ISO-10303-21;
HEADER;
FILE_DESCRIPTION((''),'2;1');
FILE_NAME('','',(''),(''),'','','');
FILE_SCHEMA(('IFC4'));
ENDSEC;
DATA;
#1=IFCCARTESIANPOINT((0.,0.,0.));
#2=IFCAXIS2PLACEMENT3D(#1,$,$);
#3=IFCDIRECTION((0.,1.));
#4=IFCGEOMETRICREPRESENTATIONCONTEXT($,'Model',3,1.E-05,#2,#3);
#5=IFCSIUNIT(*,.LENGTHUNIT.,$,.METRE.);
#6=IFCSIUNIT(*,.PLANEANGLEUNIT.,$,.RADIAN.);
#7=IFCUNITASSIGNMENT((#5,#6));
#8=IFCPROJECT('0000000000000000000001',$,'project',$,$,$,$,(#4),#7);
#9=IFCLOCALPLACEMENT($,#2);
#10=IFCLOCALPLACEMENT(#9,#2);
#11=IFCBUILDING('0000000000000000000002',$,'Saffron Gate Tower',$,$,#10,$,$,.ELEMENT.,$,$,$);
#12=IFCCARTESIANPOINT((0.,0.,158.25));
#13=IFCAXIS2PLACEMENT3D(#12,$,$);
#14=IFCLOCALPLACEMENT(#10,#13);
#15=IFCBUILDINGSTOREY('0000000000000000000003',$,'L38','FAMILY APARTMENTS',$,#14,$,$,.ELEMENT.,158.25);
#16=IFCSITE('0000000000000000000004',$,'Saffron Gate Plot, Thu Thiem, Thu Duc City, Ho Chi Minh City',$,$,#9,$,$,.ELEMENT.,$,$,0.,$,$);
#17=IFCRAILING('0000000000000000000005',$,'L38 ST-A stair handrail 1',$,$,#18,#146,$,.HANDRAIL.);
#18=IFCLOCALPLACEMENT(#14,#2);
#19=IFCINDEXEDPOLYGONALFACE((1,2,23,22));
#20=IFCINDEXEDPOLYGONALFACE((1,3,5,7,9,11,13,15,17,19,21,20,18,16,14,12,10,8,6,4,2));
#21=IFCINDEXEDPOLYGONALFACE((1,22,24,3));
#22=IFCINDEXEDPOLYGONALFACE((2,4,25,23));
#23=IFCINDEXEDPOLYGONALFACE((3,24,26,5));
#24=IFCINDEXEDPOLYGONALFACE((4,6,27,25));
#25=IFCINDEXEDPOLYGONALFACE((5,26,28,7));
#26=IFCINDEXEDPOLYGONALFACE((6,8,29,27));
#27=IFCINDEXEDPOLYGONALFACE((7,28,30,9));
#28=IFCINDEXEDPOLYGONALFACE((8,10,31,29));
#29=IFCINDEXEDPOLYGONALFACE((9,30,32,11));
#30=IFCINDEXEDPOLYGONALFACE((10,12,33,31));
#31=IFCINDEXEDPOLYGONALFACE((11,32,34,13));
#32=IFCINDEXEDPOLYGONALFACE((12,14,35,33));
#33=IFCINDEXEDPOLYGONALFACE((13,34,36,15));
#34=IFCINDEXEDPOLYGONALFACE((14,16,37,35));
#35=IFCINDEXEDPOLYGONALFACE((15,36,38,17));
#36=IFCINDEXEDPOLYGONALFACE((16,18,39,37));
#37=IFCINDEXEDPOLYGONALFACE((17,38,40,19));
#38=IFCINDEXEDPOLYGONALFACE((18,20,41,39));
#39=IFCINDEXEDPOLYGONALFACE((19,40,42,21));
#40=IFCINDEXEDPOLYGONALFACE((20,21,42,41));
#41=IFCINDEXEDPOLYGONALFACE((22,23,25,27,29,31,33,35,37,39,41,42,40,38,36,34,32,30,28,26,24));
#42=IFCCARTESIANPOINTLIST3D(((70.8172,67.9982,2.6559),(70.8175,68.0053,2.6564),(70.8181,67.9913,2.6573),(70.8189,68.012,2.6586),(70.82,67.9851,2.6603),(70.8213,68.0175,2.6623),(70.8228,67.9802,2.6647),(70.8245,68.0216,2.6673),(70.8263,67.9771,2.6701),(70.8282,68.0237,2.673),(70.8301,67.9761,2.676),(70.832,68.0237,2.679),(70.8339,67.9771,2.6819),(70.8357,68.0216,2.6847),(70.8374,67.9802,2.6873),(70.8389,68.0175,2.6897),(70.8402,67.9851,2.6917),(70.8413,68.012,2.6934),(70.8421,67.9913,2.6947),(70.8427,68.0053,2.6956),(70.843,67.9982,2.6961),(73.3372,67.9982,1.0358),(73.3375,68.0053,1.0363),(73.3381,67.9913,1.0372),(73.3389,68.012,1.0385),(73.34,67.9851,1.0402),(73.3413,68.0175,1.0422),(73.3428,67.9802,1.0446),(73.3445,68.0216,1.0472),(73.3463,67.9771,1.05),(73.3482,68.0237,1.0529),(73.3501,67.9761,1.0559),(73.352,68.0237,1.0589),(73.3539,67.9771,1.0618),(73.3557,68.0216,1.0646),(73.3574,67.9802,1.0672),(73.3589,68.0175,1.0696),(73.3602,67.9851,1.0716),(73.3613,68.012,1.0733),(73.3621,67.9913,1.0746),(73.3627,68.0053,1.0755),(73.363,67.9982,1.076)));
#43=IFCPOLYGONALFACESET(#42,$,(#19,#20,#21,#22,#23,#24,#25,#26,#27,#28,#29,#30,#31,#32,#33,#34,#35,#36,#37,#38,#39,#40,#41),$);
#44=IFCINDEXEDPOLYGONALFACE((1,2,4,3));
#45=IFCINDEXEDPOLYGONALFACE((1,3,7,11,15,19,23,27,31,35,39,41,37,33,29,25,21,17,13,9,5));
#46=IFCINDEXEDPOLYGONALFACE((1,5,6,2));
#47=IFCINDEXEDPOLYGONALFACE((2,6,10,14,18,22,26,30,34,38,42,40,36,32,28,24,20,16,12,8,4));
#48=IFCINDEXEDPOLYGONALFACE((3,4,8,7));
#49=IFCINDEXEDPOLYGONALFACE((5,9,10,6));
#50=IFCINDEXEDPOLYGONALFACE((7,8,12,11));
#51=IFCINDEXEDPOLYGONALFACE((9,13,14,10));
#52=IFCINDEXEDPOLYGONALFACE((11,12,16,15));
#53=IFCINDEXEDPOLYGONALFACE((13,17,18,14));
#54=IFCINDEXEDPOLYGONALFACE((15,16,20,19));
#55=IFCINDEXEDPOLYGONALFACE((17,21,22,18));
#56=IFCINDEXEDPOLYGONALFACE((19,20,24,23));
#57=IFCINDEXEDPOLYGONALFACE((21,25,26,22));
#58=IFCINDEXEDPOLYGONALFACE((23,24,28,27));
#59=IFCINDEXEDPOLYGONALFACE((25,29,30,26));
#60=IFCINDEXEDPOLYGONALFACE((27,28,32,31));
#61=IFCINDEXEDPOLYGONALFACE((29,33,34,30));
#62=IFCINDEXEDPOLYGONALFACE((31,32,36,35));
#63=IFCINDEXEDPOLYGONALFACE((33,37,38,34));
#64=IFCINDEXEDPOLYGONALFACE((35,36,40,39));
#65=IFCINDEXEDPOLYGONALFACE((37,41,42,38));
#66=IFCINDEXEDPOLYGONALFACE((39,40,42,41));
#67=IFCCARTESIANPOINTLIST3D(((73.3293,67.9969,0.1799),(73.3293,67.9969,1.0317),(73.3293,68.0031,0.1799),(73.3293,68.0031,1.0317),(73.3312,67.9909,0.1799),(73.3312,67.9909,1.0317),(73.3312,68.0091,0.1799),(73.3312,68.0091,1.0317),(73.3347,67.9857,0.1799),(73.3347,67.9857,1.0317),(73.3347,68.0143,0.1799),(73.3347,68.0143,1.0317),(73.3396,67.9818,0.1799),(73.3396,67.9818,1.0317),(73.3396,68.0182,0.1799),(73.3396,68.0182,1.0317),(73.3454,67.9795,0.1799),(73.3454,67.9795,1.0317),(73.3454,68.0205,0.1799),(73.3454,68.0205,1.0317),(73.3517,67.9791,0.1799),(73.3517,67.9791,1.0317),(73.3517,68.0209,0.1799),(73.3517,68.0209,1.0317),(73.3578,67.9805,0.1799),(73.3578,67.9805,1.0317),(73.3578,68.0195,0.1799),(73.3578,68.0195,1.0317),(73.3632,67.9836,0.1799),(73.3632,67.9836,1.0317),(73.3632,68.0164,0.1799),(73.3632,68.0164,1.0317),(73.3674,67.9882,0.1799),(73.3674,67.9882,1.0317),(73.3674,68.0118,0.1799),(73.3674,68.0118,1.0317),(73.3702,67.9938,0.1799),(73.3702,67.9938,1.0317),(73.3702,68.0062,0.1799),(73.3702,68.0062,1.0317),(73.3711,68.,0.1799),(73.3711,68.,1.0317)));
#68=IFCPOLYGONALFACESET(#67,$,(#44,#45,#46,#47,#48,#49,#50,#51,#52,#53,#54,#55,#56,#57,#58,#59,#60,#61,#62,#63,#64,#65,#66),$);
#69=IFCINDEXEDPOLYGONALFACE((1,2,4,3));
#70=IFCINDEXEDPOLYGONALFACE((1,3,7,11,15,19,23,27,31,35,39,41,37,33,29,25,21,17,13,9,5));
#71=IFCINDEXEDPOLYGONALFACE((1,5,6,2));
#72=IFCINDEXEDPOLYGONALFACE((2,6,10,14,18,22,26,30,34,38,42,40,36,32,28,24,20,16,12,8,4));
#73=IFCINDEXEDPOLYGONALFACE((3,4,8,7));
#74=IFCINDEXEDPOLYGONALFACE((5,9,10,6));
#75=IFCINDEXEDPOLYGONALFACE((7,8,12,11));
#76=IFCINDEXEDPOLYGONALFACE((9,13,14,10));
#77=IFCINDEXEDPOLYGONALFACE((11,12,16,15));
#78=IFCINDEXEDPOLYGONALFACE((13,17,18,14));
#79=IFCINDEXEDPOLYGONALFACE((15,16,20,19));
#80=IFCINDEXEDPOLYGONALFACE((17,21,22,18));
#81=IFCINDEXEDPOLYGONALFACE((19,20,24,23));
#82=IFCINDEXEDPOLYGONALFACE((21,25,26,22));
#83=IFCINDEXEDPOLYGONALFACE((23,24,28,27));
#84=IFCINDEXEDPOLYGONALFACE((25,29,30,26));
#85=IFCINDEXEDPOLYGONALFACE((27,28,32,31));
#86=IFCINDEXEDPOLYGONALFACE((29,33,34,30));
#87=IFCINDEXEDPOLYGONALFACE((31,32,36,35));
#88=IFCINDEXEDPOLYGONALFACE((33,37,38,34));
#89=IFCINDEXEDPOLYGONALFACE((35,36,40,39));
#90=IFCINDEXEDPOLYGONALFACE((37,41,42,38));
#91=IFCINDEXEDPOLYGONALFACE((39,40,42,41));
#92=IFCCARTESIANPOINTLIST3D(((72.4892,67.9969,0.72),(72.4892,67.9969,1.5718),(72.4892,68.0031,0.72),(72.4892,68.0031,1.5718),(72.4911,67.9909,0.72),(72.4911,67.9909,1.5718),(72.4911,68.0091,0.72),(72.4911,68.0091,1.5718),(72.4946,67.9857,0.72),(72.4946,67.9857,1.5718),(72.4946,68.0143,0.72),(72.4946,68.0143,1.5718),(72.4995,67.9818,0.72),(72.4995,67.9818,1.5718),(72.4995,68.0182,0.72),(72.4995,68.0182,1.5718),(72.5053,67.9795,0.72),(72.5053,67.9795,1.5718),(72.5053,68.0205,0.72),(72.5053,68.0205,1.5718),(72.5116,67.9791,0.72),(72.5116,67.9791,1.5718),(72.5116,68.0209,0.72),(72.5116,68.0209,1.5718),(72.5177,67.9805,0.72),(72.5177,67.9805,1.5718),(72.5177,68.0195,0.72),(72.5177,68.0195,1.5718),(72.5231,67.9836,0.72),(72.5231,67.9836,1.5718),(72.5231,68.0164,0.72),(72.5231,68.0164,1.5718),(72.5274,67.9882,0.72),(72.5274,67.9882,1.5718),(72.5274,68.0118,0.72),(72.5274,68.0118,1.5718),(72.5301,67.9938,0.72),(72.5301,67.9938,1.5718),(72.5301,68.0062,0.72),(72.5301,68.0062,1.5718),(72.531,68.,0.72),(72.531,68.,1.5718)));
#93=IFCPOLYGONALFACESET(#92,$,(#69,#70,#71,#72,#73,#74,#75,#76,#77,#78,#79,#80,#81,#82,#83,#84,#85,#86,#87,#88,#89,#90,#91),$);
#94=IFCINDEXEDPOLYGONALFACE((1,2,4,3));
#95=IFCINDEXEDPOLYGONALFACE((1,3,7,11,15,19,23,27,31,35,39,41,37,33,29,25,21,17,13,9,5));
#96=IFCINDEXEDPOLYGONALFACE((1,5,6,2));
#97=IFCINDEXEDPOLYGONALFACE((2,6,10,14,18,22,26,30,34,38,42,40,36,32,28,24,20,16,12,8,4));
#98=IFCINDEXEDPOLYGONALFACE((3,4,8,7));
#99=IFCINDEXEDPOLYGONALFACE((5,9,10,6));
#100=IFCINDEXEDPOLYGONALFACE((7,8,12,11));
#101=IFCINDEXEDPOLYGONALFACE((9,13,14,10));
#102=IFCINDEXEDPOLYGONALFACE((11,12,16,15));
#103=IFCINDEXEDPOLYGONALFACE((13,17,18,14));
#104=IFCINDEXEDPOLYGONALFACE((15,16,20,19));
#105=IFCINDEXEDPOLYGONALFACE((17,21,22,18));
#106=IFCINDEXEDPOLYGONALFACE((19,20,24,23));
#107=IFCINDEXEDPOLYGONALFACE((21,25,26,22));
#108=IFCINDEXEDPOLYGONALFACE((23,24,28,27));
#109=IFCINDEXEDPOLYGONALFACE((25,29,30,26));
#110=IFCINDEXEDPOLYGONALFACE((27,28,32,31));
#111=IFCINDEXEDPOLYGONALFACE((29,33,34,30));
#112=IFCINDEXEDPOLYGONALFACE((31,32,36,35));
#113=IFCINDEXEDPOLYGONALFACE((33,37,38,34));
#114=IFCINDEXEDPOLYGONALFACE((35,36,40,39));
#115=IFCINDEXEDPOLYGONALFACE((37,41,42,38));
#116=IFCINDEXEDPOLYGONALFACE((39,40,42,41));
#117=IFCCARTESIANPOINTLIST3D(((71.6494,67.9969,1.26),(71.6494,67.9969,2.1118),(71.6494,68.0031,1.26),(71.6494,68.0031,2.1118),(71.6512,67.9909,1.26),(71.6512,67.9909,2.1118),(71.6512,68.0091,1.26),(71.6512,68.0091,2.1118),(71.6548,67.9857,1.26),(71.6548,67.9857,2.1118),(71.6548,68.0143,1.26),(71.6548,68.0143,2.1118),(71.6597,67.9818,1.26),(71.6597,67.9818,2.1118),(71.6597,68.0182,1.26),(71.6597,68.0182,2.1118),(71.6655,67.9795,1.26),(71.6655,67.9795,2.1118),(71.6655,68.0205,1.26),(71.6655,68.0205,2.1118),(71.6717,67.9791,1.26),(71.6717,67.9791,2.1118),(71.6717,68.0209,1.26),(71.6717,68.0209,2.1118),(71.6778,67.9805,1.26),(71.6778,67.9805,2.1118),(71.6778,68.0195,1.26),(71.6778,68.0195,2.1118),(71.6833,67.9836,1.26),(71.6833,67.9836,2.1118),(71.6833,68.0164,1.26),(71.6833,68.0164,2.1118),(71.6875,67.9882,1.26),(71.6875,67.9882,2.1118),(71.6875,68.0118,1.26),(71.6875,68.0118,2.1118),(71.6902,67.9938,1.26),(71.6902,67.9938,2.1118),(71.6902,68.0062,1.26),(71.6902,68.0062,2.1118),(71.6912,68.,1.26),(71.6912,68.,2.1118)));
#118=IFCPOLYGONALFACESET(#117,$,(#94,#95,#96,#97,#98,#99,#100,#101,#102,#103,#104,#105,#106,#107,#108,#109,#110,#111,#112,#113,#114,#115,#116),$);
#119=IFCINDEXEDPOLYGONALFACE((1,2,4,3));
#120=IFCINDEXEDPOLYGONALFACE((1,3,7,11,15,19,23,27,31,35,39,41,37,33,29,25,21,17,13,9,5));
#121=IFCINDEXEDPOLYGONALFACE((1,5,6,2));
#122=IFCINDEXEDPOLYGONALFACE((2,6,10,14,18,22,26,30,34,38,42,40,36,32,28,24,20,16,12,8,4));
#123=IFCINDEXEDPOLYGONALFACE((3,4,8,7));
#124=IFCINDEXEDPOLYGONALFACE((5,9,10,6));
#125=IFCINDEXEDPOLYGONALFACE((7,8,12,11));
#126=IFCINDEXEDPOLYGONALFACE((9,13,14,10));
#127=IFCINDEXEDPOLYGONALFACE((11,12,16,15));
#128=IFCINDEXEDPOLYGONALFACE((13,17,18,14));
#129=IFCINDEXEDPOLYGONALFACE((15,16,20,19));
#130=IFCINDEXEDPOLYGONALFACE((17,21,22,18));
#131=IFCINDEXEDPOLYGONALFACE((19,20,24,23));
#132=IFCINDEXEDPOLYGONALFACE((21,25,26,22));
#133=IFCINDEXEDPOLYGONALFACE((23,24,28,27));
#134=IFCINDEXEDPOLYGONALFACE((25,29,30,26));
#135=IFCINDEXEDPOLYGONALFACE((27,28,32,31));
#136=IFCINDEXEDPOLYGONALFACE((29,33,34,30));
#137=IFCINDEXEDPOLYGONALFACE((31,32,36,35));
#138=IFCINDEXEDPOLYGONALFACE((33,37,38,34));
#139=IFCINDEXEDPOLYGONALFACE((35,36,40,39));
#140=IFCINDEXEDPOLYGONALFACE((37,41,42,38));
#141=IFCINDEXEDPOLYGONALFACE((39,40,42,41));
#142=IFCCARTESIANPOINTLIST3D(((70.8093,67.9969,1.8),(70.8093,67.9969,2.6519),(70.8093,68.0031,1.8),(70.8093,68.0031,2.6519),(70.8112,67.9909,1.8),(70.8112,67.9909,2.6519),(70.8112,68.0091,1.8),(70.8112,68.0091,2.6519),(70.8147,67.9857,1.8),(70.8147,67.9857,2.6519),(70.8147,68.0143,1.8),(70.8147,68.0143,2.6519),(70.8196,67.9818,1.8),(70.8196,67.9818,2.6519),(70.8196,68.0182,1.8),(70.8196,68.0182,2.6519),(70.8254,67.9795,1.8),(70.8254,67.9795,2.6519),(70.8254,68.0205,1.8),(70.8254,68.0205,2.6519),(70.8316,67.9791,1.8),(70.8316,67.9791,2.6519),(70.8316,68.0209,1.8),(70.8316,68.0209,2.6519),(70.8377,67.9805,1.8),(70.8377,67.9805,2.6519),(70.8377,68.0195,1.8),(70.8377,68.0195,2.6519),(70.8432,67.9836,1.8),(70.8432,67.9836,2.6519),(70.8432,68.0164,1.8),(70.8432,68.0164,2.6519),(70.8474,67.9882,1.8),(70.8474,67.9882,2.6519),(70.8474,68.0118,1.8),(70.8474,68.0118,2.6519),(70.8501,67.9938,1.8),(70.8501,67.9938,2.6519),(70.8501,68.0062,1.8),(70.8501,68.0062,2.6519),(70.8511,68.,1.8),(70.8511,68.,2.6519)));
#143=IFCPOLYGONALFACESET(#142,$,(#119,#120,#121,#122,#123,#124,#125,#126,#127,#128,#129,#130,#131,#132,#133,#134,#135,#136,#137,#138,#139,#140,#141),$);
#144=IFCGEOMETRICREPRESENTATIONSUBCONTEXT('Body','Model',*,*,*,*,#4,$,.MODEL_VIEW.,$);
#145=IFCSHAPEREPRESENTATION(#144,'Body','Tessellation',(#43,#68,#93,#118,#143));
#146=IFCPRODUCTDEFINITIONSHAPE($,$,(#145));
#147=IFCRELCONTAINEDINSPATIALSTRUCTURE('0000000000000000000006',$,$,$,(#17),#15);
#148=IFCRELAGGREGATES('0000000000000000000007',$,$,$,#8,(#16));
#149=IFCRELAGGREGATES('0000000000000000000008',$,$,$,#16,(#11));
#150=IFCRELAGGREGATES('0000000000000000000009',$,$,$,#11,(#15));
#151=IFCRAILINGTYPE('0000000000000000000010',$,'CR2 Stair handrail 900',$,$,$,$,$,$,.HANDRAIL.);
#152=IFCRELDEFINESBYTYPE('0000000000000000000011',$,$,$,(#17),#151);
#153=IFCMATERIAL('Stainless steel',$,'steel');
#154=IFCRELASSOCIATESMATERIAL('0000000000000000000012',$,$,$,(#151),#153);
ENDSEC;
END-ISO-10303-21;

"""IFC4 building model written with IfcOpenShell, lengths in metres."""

from ifc_helpers import new_model, si_unit, direction, frame, origin, origin_2d, place, context, subcontext, project, spatial, circle, extrude, material, type_object, element, save


model = new_model("IFC4")

# Units and contexts
model_context = context("Model", 3, precision=1e-05, world=origin(), true_north=direction((0.0, 1.0)))
body_context = subcontext(model_context, "Body", "Model", "MODEL_VIEW")
ifc_project = project(units=[si_unit("LENGTHUNIT", "METRE"), si_unit("PLANEANGLEUNIT", "RADIAN")], contexts=[model_context])

# Site, building, storey
site_placement = place(None, origin())
site = spatial("IfcSite", under=ifc_project, at=site_placement, Name="Saffron Gate Plot, Thu Thiem, Thu Duc City, Ho Chi Minh City", CompositionType="ELEMENT", RefElevation=0.0)
building_placement = place(site_placement, origin())
building = spatial("IfcBuilding", under=site, at=building_placement, Name="Saffron Gate Tower", CompositionType="ELEMENT")
storey_placement = place(building_placement, frame((0.0, 0.0, 158.25)))
storey = spatial("IfcBuildingStorey", under=building, at=storey_placement, Name="L38", Description="FAMILY APARTMENTS", CompositionType="ELEMENT", Elevation=158.25)

# Railing
ifc_material_1 = material(Name="Stainless steel", Category="steel")
railing_type_1 = type_object("IfcRailingType", Name="CR2 Stair handrail 900", PredefinedType="HANDRAIL", material=ifc_material_1)
railing_1_placement = place(storey_placement, frame((73.3501, 68.0, 0.1799)))
element("IfcRailing", 1, at=railing_1_placement, inside=storey, type_object=railing_type_1, Name="L38 ST-A stair handrail 1", PredefinedType="HANDRAIL", context=body_context, shape_type="SweptSolid", body=[
    extrude(circle(Radius=0.0239, at=origin_2d()), frame((0.0, 0.0, 0.876), z_axis=(-0.841163, 0.0, 0.540782), x_axis=(0.0, -1.0, 0.0)), (0.0, 0.0, 1.0), 2.9958),
    extrude(circle(Radius=0.021, at=origin_2d()), origin(), (0.0, 0.0, 1.0), 0.8518),
    extrude(circle(Radius=0.021, at=origin_2d()), frame((-0.8401, 0.0, 0.54)), (0.0, 0.0, 1.0), 0.8518),
    extrude(circle(Radius=0.021, at=origin_2d()), frame((-1.6799, 0.0, 1.0801)), (0.0, 0.0, 1.0), 0.8518),
    extrude(circle(Radius=0.021, at=origin_2d()), frame((-2.52, 0.0, 1.6201)), (0.0, 0.0, 1.0), 0.8518),
])

save(model, "model.ifc")
